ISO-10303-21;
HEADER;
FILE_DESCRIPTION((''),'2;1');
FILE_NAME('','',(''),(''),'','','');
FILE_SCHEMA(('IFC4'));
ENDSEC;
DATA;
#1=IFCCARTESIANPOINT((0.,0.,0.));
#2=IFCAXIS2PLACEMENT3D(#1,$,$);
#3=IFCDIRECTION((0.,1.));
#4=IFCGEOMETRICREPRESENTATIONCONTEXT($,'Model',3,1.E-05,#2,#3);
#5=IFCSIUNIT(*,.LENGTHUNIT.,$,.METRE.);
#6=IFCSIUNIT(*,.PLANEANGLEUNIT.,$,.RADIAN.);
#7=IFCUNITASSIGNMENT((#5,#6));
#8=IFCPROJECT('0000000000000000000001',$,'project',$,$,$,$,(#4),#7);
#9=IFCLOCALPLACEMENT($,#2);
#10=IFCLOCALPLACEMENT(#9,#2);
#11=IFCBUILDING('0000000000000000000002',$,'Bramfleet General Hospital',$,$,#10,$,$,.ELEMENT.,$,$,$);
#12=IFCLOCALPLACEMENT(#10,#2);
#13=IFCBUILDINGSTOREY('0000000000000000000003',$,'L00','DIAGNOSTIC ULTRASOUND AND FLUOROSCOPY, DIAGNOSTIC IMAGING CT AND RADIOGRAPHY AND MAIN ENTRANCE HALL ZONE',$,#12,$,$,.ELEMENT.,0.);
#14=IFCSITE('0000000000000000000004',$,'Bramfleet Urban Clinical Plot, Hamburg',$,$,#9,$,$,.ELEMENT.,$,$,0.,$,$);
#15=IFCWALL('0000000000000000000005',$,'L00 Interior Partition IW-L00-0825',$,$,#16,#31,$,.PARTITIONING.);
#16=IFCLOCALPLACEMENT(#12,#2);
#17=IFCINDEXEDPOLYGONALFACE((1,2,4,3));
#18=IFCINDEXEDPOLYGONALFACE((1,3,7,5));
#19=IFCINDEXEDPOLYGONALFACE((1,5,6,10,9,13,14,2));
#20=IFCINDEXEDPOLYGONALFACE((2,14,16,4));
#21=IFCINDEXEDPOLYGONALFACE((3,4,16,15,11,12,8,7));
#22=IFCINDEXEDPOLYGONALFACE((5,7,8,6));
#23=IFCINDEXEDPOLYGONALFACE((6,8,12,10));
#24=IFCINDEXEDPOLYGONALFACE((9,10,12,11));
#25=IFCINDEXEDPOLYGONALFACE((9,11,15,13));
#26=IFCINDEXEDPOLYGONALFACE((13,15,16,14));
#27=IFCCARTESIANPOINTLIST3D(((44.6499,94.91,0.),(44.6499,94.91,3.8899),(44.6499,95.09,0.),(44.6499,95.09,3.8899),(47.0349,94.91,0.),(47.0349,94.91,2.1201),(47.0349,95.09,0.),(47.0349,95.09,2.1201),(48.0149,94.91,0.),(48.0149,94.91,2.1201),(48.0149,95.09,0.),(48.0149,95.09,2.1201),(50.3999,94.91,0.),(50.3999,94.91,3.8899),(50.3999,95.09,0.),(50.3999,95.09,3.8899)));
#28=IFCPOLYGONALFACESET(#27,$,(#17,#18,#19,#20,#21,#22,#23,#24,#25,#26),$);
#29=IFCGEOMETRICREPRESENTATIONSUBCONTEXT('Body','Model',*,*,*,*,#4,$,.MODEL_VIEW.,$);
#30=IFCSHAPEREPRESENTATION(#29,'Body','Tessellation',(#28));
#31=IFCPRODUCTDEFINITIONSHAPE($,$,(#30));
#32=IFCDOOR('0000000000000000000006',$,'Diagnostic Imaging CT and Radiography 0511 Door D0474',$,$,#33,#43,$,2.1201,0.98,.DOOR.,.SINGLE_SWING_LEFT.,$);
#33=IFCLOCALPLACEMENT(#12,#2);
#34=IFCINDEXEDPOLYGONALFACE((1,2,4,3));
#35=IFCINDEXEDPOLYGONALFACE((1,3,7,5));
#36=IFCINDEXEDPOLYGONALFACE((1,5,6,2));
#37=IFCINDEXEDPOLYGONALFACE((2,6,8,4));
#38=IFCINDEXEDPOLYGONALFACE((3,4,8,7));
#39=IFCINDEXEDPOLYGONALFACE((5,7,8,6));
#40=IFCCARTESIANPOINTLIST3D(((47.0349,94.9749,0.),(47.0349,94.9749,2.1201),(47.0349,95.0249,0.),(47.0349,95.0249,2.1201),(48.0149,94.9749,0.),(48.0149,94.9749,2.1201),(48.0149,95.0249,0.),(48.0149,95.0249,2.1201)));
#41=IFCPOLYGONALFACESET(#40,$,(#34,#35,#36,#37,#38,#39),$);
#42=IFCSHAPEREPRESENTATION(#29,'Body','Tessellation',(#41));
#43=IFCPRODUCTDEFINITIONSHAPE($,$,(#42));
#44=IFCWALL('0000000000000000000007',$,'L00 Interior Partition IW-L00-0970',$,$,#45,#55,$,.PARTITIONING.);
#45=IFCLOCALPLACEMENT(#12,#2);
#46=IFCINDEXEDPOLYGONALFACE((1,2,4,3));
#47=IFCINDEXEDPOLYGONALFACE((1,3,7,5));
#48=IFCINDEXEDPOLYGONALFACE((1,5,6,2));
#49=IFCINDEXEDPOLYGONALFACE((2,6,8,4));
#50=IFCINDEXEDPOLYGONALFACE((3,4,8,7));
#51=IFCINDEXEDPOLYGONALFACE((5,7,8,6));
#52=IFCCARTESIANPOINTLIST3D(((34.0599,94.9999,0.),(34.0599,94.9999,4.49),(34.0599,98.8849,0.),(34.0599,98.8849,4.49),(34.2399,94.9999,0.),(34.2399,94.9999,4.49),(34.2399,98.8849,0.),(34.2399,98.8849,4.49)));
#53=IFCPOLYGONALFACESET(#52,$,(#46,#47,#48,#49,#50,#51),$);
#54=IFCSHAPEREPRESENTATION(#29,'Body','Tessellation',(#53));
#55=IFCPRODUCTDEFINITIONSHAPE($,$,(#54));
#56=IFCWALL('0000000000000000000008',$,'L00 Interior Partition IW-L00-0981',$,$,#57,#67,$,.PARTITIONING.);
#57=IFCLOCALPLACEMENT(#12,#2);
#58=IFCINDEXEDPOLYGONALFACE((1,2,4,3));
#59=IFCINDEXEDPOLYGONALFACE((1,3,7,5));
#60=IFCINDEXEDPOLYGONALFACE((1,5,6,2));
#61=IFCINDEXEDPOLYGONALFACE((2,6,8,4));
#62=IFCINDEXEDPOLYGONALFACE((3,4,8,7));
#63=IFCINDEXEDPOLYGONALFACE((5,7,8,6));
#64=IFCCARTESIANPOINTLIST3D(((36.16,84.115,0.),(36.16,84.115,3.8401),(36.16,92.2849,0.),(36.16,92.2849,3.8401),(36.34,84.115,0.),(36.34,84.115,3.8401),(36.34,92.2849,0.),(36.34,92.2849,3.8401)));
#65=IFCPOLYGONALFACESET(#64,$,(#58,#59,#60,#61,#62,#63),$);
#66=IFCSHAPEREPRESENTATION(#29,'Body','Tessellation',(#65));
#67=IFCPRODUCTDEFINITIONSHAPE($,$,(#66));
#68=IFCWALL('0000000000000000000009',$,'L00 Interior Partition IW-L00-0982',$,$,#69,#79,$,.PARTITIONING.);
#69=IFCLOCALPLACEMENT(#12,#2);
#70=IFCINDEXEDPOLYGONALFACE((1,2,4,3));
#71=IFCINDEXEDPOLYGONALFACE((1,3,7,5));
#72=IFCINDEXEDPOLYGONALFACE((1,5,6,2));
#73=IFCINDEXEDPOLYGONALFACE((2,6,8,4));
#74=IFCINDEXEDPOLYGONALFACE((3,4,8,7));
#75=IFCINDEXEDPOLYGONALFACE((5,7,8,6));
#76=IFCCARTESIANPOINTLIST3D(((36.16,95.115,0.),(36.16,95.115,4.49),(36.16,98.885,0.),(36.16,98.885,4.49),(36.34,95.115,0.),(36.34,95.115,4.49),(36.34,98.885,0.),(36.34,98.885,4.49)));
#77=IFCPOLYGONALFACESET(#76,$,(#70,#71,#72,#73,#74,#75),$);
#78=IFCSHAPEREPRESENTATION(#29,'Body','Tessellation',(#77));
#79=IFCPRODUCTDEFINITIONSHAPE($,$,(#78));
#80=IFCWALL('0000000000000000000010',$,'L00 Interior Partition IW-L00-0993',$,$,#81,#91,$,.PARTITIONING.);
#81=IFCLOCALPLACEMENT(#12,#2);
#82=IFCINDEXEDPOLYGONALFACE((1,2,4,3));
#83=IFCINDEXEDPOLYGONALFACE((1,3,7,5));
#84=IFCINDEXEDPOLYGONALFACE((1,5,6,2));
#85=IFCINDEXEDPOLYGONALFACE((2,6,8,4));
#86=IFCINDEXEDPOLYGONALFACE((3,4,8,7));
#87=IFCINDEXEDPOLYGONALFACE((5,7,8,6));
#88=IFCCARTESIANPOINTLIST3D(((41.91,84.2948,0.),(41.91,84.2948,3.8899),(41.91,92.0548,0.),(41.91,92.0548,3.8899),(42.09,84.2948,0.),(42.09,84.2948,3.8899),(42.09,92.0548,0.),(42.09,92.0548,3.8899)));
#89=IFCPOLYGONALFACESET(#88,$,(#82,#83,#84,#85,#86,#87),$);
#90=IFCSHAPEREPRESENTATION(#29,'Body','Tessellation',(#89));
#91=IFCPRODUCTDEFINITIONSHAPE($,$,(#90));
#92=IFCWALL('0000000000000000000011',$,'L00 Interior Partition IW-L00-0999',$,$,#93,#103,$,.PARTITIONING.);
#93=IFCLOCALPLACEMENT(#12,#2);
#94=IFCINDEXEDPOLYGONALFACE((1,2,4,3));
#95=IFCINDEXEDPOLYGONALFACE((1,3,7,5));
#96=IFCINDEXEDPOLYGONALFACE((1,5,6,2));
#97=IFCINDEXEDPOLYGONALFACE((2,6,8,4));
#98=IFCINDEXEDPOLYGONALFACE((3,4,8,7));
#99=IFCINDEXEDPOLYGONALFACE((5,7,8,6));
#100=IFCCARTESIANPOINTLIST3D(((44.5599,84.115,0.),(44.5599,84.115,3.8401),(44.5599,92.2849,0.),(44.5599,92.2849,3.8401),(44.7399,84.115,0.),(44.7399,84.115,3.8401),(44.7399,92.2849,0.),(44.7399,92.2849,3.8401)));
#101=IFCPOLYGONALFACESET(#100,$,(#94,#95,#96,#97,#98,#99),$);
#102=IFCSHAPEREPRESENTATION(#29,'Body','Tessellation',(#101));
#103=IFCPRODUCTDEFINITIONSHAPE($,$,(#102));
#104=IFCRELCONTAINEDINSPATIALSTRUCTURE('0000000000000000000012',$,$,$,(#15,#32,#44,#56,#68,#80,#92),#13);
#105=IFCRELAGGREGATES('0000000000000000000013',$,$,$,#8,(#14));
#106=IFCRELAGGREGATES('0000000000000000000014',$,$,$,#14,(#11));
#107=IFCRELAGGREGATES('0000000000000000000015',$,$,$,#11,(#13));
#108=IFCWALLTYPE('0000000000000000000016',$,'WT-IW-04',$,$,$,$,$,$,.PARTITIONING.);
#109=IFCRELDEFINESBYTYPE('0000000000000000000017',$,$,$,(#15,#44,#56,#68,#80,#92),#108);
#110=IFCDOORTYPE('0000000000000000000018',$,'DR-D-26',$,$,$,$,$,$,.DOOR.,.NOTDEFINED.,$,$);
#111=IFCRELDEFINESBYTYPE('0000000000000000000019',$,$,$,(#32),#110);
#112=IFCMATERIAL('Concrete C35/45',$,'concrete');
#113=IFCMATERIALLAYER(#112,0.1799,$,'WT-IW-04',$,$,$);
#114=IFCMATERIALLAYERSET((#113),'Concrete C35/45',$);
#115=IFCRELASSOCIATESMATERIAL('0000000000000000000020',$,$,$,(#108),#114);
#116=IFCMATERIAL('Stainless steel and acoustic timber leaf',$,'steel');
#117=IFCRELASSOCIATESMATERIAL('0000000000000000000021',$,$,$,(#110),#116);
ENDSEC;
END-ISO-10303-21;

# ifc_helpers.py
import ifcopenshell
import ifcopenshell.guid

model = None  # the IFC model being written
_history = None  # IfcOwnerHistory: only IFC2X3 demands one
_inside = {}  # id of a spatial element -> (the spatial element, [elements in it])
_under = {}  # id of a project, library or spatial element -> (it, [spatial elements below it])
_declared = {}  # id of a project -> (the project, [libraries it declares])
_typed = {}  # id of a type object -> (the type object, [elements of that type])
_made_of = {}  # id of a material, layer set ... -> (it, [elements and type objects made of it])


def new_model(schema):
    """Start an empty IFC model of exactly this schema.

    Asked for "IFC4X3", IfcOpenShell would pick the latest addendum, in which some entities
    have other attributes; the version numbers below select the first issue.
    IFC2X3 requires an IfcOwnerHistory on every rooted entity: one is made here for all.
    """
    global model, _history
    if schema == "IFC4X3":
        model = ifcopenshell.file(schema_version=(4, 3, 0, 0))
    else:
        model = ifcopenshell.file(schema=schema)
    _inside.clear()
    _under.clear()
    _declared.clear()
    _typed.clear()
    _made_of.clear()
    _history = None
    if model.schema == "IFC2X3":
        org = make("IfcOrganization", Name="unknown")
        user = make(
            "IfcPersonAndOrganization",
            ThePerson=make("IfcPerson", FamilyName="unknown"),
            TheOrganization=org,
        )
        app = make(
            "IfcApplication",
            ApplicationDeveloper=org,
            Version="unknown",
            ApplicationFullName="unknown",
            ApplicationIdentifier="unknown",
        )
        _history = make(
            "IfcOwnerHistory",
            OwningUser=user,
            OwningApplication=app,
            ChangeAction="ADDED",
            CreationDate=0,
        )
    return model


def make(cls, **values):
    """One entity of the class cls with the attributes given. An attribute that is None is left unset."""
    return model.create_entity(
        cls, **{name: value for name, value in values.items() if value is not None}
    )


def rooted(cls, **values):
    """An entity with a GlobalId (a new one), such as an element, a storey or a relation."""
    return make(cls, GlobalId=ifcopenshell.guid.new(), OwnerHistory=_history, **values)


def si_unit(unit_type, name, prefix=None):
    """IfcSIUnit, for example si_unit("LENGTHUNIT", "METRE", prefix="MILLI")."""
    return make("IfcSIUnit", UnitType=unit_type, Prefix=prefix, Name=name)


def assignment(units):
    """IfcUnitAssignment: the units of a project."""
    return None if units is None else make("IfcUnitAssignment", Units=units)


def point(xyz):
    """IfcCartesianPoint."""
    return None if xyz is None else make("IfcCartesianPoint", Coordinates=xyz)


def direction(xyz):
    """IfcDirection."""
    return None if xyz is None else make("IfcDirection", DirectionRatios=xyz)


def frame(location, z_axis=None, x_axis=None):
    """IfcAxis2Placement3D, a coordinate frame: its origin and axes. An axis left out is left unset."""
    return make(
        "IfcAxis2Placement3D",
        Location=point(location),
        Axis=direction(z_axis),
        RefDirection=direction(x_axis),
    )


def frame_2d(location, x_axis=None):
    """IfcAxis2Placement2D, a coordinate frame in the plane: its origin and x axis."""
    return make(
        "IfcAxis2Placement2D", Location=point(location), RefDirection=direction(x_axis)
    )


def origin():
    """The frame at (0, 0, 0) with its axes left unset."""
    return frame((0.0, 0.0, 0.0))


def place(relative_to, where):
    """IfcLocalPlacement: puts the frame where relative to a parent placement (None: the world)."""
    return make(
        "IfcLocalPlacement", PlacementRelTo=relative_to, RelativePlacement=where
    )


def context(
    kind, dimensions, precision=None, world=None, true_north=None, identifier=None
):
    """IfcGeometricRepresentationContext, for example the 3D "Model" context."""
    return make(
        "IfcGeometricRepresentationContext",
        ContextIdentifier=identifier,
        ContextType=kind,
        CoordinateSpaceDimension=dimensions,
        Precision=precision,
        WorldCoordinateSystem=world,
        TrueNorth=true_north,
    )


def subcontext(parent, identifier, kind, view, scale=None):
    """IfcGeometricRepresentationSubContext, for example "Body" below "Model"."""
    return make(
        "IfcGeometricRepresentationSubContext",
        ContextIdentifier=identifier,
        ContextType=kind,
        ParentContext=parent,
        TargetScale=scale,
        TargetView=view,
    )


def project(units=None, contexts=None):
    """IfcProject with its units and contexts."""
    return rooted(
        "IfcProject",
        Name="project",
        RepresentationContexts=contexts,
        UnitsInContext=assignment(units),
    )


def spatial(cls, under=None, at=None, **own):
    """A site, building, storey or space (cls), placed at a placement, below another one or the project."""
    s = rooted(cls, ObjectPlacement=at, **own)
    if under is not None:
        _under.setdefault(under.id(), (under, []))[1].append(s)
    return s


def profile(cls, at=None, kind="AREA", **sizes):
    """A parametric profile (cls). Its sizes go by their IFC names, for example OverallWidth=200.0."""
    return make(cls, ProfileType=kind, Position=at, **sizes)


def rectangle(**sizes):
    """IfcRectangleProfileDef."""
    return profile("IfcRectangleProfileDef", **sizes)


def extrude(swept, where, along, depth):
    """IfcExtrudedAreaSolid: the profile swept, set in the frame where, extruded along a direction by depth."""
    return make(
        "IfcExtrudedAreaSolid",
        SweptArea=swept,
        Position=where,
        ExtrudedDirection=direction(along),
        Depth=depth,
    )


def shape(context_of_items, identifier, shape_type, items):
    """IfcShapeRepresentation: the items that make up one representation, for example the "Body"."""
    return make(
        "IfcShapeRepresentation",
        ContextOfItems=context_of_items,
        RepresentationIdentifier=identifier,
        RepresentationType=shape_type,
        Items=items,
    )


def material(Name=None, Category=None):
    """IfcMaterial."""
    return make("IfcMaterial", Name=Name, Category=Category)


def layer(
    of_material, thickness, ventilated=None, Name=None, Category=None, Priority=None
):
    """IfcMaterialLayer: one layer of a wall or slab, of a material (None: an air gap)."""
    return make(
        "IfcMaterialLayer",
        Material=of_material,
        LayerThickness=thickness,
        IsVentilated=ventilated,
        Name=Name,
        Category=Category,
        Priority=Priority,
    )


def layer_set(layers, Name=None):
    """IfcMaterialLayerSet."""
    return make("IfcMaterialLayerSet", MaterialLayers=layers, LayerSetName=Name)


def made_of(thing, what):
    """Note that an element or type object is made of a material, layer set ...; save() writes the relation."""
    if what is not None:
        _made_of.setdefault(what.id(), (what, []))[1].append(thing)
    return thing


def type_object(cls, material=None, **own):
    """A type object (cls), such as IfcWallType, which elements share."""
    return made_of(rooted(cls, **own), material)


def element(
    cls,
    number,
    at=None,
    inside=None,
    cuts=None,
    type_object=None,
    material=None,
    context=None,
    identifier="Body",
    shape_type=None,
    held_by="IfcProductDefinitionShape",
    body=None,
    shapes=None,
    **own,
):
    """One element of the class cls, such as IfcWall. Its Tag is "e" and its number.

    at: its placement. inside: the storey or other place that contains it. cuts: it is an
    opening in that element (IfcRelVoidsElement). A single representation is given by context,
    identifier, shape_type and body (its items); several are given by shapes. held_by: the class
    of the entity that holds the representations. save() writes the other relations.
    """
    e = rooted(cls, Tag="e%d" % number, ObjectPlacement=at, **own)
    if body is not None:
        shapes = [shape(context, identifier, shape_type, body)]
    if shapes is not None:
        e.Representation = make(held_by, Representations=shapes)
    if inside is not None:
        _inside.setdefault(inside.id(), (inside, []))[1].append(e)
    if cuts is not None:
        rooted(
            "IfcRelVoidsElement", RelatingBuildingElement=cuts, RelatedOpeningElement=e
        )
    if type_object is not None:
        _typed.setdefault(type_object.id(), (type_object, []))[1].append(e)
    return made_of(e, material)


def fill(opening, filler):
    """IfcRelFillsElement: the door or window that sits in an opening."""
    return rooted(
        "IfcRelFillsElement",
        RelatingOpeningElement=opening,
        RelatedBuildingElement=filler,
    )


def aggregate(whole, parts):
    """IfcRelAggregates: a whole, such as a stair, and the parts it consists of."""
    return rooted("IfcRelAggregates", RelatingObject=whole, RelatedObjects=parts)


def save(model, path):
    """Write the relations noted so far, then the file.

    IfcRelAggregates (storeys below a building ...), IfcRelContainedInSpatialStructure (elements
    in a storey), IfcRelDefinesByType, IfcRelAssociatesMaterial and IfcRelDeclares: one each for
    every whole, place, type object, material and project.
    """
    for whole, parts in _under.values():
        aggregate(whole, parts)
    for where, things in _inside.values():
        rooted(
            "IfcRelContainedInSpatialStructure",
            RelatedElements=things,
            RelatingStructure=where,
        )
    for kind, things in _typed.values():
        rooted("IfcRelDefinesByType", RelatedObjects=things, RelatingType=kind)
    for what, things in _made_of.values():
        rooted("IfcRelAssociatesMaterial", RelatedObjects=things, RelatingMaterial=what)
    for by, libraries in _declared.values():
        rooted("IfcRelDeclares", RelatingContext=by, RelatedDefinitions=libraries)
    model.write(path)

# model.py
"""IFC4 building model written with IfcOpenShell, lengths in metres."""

from ifc_helpers import new_model, si_unit, direction, frame, frame_2d, origin, place, context, subcontext, project, spatial, rectangle, extrude, material, layer, layer_set, type_object, element, fill, save


model = new_model("IFC4")

# Units and contexts
model_context = context("Model", 3, precision=1e-05, world=origin(), true_north=direction((0.0, 1.0)))
body_context = subcontext(model_context, "Body", "Model", "MODEL_VIEW")
ifc_project = project(units=[si_unit("LENGTHUNIT", "METRE"), si_unit("PLANEANGLEUNIT", "RADIAN")], contexts=[model_context])

# Site, building, storey
site_placement = place(None, origin())
site = spatial("IfcSite", under=ifc_project, at=site_placement, Name="Bramfleet Urban Clinical Plot, Hamburg", CompositionType="ELEMENT", RefElevation=0.0)
building_placement = place(site_placement, origin())
building = spatial("IfcBuilding", under=site, at=building_placement, Name="Bramfleet General Hospital", CompositionType="ELEMENT")
storey_placement = place(building_placement, origin())
storey = spatial("IfcBuildingStorey", under=building, at=storey_placement, Name="L00", Description="DIAGNOSTIC ULTRASOUND AND FLUOROSCOPY, DIAGNOSTIC IMAGING CT AND RADIOGRAPHY AND MAIN ENTRANCE HALL ZONE", CompositionType="ELEMENT", Elevation=0.0)

# Shared definitions
ifc_material_1 = material(Name="Concrete C35/45", Category="concrete")

# Shared definitions
ifc_layer = layer(ifc_material_1, 0.1799, Name="WT-IW-04")
ifc_layer_set = layer_set([ifc_layer], Name="Concrete C35/45")
wall_type = type_object("IfcWallType", Name="WT-IW-04", PredefinedType="PARTITIONING", material=ifc_layer_set)

# Wall, opening, door
ifc_material_2 = material(Name="Stainless steel and acoustic timber leaf", Category="steel")
wall_1_placement = place(storey_placement, frame((44.6499, 95.0, 0.0), z_axis=(0.0, 0.0, 1.0), x_axis=(1.0, 0.0, 0.0)))
wall_1 = element("IfcWall", 1, at=wall_1_placement, inside=storey, type_object=wall_type, Name="L00 Interior Partition IW-L00-0825", PredefinedType="PARTITIONING", context=body_context, shape_type="SweptSolid", body=[
    extrude(rectangle(XDim=5.75, YDim=0.1799, at=frame_2d((2.875, 0.0))), origin(), (0.0, 0.0, 1.0), 3.8899),
])
opening_1_placement = place(wall_1_placement, frame((2.385, 0.0, 0.0)))
opening_1 = element("IfcOpeningElement", 2, at=opening_1_placement, cuts=wall_1, PredefinedType="OPENING", context=body_context, shape_type="SweptSolid", body=[
    extrude(rectangle(XDim=0.98, YDim=2.1201, at=frame_2d((0.49, 1.0601))), frame((0.0, 0.0999, 0.0), z_axis=(0.0, -1.0, 0.0), x_axis=(1.0, 0.0, 0.0)), (0.0, 0.0, 1.0), 0.2),
])
door_type_1 = type_object("IfcDoorType", Name="DR-D-26", OperationType="NOTDEFINED", PredefinedType="DOOR", material=ifc_material_2)
door_1_placement = place(opening_1_placement, origin())
door_1 = element("IfcDoor", 3, at=door_1_placement, inside=storey, type_object=door_type_1, Name="Diagnostic Imaging CT and Radiography 0511 Door D0474", OperationType="SINGLE_SWING_LEFT", OverallHeight=2.1201, OverallWidth=0.98, PredefinedType="DOOR", context=body_context, shape_type="SweptSolid", body=[
    extrude(rectangle(XDim=0.98, YDim=2.1201, at=frame_2d((0.49, 1.0601))), frame((0.0, 0.0249, 0.0), z_axis=(0.0, -1.0, 0.0), x_axis=(1.0, 0.0, 0.0)), (0.0, 0.0, 1.0), 0.05),
])
fill(opening_1, door_1)

# Walls
wall_2_placement = place(storey_placement, frame((34.1499, 95.0, 0.0), z_axis=(0.0, 0.0, 1.0), x_axis=(0.0, 1.0, 0.0)))
element("IfcWall", 4, at=wall_2_placement, inside=storey, type_object=wall_type, Name="L00 Interior Partition IW-L00-0970", PredefinedType="PARTITIONING", context=body_context, shape_type="SweptSolid", body=[
    extrude(rectangle(XDim=3.885, YDim=0.1799, at=frame_2d((1.9424, 0.0))), origin(), (0.0, 0.0, 1.0), 4.49),
])
wall_3_placement = place(storey_placement, frame((36.25, 84.115, 0.0), z_axis=(0.0, 0.0, 1.0), x_axis=(0.0, 1.0, 0.0)))
element("IfcWall", 5, at=wall_3_placement, inside=storey, type_object=wall_type, Name="L00 Interior Partition IW-L00-0981", PredefinedType="PARTITIONING", context=body_context, shape_type="SweptSolid", body=[
    extrude(rectangle(XDim=8.1699, YDim=0.1799, at=frame_2d((4.085, 0.0))), origin(), (0.0, 0.0, 1.0), 3.8401),
])
wall_4_placement = place(storey_placement, frame((36.25, 95.115, 0.0), z_axis=(0.0, 0.0, 1.0), x_axis=(0.0, 1.0, 0.0)))
element("IfcWall", 6, at=wall_4_placement, inside=storey, type_object=wall_type, Name="L00 Interior Partition IW-L00-0982", PredefinedType="PARTITIONING", context=body_context, shape_type="SweptSolid", body=[
    extrude(rectangle(XDim=3.77, YDim=0.1799, at=frame_2d((1.885, 0.0))), origin(), (0.0, 0.0, 1.0), 4.49),
])
wall_5_placement = place(storey_placement, frame((42.0, 84.2949, 0.0), z_axis=(0.0, 0.0, 1.0), x_axis=(0.0, 1.0, 0.0)))
element("IfcWall", 7, at=wall_5_placement, inside=storey, type_object=wall_type, Name="L00 Interior Partition IW-L00-0993", PredefinedType="PARTITIONING", context=body_context, shape_type="SweptSolid", body=[
    extrude(rectangle(XDim=7.76, YDim=0.1799, at=frame_2d((3.8799, 0.0))), origin(), (0.0, 0.0, 1.0), 3.8899),
])
wall_6_placement = place(storey_placement, frame((44.6499, 84.115, 0.0), z_axis=(0.0, 0.0, 1.0), x_axis=(0.0, 1.0, 0.0)))
element("IfcWall", 8, at=wall_6_placement, inside=storey, type_object=wall_type, Name="L00 Interior Partition IW-L00-0999", PredefinedType="PARTITIONING", context=body_context, shape_type="SweptSolid", body=[
    extrude(rectangle(XDim=8.1699, YDim=0.1799, at=frame_2d((4.085, 0.0))), origin(), (0.0, 0.0, 1.0), 3.8401),
])

save(model, "model.ifc")
